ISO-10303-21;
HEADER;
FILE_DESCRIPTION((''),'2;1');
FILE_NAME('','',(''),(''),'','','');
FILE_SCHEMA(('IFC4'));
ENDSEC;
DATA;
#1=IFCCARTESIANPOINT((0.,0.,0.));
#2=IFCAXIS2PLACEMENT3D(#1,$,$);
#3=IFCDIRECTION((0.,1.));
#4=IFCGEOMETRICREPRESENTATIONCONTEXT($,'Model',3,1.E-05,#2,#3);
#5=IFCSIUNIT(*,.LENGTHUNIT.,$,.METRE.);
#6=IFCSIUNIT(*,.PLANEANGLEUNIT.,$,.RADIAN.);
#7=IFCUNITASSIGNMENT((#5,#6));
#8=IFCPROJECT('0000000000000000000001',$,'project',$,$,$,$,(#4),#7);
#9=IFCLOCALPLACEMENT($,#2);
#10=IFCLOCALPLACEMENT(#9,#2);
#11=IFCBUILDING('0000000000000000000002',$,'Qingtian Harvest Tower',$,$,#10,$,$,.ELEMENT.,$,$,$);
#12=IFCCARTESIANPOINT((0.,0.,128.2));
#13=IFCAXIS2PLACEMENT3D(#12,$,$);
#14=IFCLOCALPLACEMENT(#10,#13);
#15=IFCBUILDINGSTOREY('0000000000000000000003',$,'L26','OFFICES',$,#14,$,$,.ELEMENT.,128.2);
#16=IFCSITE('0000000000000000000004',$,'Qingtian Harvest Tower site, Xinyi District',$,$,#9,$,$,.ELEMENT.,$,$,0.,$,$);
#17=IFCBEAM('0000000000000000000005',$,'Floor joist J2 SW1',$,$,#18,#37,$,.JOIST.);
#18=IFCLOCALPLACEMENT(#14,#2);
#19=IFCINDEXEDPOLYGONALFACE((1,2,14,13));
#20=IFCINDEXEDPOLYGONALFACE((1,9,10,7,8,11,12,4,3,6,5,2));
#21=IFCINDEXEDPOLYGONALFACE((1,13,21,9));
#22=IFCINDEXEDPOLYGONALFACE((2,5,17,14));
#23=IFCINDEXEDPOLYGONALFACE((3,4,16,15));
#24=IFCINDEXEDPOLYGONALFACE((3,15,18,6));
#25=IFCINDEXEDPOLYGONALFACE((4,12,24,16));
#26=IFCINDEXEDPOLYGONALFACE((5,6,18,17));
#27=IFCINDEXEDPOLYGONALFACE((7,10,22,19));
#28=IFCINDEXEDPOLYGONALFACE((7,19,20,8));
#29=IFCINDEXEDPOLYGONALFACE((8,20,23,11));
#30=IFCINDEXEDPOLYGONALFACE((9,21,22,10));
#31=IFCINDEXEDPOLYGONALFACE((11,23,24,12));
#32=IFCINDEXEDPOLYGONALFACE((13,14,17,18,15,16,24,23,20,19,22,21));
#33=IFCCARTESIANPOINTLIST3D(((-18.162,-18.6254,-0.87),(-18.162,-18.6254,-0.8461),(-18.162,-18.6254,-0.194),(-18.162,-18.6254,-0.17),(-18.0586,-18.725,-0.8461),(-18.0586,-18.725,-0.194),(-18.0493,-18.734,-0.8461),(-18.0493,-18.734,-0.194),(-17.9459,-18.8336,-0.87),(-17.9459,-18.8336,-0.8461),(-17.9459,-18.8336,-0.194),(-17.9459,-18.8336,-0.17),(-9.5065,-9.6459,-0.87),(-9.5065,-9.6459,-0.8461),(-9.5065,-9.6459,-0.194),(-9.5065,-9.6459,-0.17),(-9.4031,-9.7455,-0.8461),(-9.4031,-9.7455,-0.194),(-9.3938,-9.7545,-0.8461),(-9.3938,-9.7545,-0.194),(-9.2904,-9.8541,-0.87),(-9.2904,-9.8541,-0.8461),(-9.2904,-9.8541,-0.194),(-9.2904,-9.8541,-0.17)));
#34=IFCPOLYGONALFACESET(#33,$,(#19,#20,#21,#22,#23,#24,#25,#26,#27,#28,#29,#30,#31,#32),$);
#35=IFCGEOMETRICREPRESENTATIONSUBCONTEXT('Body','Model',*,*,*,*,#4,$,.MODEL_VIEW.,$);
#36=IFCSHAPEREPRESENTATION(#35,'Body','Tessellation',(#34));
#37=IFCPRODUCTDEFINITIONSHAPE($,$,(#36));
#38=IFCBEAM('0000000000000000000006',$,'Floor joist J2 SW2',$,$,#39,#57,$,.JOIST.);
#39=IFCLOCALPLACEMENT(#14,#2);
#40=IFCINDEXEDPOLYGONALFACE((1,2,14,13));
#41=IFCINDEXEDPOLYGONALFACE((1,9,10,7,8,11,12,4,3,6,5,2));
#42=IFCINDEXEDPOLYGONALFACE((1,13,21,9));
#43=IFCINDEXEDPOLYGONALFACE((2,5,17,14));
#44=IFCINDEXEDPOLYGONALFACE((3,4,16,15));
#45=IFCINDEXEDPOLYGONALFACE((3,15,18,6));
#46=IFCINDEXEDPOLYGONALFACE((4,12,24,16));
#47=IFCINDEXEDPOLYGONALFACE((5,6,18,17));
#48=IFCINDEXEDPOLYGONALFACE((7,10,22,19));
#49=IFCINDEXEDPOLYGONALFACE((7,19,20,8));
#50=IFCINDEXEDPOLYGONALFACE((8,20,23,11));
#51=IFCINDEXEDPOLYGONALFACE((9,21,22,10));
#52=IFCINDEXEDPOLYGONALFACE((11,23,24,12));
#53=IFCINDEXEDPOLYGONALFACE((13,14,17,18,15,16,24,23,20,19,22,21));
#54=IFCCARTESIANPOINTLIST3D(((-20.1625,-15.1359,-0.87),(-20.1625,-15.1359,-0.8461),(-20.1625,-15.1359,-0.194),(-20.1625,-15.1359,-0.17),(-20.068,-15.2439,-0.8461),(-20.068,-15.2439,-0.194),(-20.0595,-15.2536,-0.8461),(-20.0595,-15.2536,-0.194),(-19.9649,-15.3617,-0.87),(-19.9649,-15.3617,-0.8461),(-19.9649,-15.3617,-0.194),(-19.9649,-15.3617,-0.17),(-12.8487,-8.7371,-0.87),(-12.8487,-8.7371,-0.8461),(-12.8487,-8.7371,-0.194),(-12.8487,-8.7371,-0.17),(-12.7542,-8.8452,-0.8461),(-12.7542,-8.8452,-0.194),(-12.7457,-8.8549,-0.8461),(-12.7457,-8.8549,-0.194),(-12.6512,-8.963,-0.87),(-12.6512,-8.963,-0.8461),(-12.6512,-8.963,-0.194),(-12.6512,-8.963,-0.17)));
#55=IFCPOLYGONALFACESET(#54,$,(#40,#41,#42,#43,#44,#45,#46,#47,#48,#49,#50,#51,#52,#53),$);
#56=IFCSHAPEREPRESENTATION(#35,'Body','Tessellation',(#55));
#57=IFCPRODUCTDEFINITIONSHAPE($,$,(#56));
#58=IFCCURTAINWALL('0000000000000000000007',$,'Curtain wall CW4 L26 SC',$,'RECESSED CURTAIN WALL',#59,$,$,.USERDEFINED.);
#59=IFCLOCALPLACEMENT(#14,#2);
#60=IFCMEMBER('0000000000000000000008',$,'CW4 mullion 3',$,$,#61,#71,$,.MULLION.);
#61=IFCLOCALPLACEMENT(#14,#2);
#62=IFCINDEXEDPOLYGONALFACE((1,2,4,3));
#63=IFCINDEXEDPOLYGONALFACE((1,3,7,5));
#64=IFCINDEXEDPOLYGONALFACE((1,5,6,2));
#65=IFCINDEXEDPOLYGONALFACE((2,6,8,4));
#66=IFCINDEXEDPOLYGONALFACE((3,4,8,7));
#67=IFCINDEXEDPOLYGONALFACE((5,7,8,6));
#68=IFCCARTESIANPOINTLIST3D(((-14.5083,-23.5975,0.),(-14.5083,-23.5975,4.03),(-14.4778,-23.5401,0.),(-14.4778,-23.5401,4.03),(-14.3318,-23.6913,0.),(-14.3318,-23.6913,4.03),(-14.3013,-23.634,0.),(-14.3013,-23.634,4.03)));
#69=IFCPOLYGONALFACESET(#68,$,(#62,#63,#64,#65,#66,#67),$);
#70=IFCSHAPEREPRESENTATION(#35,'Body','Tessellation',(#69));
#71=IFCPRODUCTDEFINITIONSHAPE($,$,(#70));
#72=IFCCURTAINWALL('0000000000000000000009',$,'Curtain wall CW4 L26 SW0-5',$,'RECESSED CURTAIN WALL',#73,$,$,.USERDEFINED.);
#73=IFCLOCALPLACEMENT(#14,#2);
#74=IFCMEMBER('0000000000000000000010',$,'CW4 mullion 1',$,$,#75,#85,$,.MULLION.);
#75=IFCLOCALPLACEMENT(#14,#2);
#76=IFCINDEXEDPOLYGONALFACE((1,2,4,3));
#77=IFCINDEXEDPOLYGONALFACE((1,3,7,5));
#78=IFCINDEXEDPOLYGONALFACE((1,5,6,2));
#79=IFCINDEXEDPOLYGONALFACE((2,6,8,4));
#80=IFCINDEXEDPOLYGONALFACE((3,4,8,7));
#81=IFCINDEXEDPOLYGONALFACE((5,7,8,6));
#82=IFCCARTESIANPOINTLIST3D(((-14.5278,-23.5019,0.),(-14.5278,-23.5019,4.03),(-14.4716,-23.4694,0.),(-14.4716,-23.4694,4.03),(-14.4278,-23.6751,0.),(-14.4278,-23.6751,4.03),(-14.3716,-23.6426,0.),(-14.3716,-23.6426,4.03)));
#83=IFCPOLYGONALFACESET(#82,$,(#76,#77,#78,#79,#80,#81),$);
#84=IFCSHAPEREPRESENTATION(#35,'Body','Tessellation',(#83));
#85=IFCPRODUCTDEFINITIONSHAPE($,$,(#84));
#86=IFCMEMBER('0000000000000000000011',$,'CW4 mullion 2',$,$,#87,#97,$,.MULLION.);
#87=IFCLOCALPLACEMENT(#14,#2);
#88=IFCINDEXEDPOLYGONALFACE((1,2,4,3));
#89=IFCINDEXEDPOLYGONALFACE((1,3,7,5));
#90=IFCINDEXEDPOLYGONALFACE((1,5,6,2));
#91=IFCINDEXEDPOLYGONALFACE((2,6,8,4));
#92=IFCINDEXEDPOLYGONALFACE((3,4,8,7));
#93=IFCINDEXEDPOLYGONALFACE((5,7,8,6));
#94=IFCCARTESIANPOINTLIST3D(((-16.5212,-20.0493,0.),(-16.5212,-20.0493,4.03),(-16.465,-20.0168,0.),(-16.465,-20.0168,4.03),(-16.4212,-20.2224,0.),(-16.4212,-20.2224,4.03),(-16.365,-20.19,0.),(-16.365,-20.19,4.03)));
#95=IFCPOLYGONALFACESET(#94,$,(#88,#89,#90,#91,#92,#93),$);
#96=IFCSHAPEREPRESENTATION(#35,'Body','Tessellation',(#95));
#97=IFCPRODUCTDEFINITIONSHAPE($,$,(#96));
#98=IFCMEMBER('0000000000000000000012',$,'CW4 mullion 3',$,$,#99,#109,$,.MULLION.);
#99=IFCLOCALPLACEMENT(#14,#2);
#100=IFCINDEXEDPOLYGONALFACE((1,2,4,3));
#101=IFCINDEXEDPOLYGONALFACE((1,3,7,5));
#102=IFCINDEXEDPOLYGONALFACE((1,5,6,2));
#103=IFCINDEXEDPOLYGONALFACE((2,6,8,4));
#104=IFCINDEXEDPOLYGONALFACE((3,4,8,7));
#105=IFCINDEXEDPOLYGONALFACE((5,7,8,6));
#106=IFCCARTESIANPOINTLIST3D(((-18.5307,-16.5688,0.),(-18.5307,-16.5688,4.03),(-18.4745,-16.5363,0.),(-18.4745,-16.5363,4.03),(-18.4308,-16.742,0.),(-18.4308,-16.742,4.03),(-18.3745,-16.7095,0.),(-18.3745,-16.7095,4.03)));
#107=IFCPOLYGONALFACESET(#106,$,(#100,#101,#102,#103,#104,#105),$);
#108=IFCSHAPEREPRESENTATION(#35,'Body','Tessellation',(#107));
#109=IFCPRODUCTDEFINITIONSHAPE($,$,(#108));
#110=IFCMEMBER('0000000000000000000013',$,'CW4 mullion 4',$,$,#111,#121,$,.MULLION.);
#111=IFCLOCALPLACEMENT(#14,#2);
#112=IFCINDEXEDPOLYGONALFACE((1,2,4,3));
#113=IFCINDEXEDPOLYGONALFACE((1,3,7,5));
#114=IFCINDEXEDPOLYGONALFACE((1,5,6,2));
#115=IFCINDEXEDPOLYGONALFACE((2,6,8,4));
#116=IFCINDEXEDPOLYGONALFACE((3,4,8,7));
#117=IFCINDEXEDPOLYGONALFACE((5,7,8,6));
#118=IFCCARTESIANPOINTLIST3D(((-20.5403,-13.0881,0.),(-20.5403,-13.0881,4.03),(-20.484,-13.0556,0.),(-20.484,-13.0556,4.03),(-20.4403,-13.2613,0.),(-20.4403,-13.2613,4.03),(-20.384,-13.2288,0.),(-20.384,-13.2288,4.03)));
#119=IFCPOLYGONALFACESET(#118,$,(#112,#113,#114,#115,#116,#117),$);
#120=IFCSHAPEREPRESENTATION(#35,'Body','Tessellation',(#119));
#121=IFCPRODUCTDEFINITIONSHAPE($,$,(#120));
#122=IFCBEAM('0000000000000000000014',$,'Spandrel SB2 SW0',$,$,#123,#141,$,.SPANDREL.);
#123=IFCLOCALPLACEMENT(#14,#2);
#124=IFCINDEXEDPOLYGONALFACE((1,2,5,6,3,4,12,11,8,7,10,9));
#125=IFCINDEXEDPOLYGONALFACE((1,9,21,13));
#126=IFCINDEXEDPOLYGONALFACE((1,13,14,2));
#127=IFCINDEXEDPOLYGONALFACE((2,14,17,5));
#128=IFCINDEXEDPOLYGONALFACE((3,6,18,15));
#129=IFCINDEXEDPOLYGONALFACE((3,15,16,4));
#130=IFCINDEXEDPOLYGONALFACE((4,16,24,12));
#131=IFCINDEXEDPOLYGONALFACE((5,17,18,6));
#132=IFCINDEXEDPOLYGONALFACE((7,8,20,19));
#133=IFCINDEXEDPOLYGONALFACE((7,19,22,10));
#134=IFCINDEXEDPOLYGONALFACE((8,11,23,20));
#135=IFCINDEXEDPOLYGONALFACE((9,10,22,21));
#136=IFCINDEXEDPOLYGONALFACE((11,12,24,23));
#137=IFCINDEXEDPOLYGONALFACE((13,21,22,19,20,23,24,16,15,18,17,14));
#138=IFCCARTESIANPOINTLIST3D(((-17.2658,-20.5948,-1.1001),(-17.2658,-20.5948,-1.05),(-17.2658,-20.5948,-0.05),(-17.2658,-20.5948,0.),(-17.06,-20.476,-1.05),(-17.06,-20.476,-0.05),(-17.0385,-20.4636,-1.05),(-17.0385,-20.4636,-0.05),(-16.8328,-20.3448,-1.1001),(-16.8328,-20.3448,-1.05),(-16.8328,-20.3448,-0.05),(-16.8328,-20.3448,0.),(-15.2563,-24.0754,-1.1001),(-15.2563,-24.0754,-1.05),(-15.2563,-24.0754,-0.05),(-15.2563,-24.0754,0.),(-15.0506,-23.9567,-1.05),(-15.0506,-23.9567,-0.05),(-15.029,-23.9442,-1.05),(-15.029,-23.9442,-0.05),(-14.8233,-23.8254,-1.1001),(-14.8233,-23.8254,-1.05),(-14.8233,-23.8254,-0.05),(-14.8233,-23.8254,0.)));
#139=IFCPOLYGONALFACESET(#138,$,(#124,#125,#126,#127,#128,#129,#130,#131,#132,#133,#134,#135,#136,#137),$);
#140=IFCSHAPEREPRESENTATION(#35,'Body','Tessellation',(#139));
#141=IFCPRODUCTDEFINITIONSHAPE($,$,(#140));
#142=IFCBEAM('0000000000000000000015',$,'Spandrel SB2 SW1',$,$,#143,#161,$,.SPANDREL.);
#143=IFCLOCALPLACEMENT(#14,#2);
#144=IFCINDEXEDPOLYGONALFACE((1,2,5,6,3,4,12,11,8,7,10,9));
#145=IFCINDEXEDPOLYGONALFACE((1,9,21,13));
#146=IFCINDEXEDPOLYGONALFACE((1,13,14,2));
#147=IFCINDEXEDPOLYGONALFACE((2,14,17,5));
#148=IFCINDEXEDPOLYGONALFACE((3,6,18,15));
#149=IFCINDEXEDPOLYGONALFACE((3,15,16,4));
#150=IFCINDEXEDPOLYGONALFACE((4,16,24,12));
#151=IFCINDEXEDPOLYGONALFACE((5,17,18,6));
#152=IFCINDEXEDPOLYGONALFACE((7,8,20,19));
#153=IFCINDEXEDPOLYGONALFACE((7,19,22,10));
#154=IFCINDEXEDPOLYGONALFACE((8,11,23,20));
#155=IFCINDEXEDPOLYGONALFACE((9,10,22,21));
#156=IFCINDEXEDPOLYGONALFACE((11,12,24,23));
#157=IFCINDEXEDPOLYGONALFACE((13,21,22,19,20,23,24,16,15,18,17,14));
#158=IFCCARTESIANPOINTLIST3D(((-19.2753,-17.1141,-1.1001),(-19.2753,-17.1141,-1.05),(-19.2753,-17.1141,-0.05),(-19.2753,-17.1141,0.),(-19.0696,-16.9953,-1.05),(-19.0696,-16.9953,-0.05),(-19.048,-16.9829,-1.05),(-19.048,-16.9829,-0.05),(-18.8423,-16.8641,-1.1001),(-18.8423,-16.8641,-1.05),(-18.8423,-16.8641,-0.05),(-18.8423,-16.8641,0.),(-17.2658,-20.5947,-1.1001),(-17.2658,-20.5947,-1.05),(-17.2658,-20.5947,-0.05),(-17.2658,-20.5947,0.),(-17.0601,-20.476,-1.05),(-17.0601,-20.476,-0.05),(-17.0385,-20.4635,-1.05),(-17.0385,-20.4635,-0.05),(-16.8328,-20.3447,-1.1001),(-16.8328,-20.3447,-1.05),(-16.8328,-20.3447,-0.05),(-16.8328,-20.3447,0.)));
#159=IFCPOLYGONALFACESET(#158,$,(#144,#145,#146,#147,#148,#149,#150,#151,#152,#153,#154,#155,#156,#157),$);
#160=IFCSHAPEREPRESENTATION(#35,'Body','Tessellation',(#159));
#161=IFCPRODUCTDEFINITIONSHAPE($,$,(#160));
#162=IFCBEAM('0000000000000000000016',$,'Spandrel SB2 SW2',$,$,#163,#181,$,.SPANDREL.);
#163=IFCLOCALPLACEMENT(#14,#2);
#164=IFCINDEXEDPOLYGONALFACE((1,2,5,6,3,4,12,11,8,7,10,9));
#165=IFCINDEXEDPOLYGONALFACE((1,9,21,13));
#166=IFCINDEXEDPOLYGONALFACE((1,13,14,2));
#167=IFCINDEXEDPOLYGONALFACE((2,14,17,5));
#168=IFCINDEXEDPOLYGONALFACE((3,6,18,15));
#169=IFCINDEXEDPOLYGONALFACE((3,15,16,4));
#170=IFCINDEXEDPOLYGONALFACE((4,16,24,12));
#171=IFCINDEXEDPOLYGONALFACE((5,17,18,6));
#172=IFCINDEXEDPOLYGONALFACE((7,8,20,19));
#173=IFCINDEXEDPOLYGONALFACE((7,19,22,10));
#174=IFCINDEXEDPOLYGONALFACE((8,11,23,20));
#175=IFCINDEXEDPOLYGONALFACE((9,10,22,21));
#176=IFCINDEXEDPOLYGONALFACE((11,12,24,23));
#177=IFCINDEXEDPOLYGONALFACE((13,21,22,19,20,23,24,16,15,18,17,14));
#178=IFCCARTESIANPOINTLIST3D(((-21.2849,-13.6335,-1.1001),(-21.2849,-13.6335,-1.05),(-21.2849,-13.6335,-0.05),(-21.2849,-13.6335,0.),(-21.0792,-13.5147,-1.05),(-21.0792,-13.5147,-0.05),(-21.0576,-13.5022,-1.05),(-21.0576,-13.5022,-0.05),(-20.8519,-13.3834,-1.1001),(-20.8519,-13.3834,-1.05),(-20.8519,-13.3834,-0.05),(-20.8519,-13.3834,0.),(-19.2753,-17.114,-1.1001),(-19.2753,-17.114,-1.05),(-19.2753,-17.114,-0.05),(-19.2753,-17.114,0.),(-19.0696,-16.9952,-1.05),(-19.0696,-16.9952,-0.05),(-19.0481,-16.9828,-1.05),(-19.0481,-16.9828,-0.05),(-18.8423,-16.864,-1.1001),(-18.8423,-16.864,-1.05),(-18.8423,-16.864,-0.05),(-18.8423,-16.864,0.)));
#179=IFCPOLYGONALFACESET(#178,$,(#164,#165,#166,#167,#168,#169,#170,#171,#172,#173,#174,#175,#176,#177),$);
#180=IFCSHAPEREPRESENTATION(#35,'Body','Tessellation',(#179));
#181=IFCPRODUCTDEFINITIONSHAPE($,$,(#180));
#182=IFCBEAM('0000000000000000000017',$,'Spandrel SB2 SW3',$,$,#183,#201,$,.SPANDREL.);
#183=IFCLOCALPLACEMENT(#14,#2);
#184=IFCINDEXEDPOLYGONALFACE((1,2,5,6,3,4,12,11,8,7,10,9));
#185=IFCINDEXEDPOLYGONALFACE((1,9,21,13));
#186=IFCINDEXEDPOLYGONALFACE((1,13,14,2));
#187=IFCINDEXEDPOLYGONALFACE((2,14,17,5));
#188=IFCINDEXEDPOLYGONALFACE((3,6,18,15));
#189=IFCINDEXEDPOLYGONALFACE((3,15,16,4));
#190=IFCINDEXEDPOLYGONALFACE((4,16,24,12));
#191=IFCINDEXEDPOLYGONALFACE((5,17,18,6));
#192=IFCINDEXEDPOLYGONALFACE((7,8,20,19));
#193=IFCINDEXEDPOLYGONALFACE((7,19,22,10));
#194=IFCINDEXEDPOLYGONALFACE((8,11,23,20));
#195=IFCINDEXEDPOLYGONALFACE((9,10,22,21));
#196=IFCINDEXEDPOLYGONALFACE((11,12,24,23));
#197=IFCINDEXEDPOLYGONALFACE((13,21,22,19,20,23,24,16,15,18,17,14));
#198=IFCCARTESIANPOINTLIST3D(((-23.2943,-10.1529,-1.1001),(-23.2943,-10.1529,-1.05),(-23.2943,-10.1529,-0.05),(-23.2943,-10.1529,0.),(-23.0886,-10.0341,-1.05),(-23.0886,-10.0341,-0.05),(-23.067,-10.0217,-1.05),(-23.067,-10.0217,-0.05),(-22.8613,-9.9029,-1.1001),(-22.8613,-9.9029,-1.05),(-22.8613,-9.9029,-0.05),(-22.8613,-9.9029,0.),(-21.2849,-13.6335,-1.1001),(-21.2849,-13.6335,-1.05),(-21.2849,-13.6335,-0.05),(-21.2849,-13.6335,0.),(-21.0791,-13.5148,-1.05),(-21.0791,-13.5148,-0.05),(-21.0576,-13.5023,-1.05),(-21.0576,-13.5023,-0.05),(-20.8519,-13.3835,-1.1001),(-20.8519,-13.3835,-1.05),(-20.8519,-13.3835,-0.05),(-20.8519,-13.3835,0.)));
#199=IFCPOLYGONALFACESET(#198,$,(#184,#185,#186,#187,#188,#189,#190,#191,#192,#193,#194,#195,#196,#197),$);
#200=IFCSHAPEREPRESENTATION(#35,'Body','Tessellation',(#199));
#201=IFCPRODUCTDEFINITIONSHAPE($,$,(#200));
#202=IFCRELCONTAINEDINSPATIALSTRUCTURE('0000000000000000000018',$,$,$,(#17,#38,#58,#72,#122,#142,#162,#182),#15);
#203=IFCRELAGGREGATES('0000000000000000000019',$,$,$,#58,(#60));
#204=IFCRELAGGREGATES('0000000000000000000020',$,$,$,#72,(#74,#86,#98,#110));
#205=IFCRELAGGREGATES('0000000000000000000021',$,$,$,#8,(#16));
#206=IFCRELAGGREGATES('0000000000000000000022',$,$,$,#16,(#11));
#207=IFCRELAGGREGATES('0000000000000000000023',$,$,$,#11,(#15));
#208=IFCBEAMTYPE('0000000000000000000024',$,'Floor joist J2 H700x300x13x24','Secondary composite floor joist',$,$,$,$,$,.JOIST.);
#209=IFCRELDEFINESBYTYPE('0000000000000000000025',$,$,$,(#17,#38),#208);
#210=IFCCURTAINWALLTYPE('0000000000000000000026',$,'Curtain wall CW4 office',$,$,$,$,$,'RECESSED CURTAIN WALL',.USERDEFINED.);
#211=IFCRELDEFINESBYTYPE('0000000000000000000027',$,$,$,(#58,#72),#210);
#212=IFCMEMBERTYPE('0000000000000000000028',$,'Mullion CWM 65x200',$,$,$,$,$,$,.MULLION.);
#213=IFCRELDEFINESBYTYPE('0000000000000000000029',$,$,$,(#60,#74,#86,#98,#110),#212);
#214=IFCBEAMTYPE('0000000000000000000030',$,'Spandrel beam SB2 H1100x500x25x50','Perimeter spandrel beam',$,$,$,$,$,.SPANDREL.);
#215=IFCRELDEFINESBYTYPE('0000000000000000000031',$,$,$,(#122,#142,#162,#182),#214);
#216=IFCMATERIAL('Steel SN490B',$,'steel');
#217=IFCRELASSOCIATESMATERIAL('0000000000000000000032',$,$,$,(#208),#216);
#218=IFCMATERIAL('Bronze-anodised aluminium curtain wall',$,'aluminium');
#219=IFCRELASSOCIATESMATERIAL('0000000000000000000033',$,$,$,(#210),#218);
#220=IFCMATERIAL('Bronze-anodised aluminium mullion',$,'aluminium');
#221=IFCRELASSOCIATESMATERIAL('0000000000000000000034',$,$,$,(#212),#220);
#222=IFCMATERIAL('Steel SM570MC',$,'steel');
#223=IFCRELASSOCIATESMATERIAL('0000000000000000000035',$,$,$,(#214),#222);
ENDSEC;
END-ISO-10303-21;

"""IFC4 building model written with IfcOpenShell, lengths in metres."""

from ifc_helpers import new_model, si_unit, direction, frame, origin, origin_2d, place, context, subcontext, project, spatial, rectangle, i_section, extrude, material, material_profile, profile_set, type_object, element, aggregate, save


model = new_model("IFC4")

# Units and contexts
model_context = context("Model", 3, precision=1e-05, world=origin(), true_north=direction((0.0, 1.0)))
body_context = subcontext(model_context, "Body", "Model", "MODEL_VIEW")
ifc_project = project(units=[si_unit("LENGTHUNIT", "METRE"), si_unit("PLANEANGLEUNIT", "RADIAN")], contexts=[model_context])

# Site, building, storey
site_placement = place(None, origin())
site = spatial("IfcSite", under=ifc_project, at=site_placement, Name="Qingtian Harvest Tower site, Xinyi District", CompositionType="ELEMENT", RefElevation=0.0)
building_placement = place(site_placement, origin())
building = spatial("IfcBuilding", under=site, at=building_placement, Name="Qingtian Harvest Tower", CompositionType="ELEMENT")
storey_placement = place(building_placement, frame((0.0, 0.0, 128.2)))
storey = spatial("IfcBuildingStorey", under=building, at=storey_placement, Name="L26", Description="OFFICES", CompositionType="ELEMENT", Elevation=128.2)

# Beams
ifc_material_1 = material(Name="Steel SN490B", Category="steel")
ifc_material_profile_1 = material_profile(ifc_material_1, i_section(OverallWidth=0.3, OverallDepth=0.7, WebThickness=0.0129, FlangeThickness=0.0239, at=origin_2d()), Name="H700x300x13x24")
ifc_profile_set_1 = profile_set([ifc_material_profile_1], Name="Steel SN490B")
beam_type_1 = type_object("IfcBeamType", Name="Floor joist J2 H700x300x13x24", Description="Secondary composite floor joist", PredefinedType="JOIST", material=ifc_profile_set_1)
beam_1_placement = place(storey_placement, frame((-18.054, -18.7295, -0.52), z_axis=(0.693999, 0.719976, 0.0), x_axis=(-0.719976, 0.693999, 0.0)))
element("IfcBeam", 1, at=beam_1_placement, inside=storey, type_object=beam_type_1, Name="Floor joist J2 SW1", PredefinedType="JOIST", context=body_context, shape_type="SweptSolid", body=[
    extrude(i_section(OverallWidth=0.3, OverallDepth=0.7, WebThickness=0.0129, FlangeThickness=0.0239, at=origin_2d()), origin(), (0.0, 0.0, 1.0), 12.4719),
])
beam_2_placement = place(storey_placement, frame((-20.0637, -15.2488, -0.52), z_axis=(0.752619, 0.658457, 0.0), x_axis=(-0.658457, 0.752619, 0.0)))
element("IfcBeam", 2, at=beam_2_placement, inside=storey, type_object=beam_type_1, Name="Floor joist J2 SW2", PredefinedType="JOIST", context=body_context, shape_type="SweptSolid", body=[
    extrude(i_section(OverallWidth=0.3, OverallDepth=0.7, WebThickness=0.0129, FlangeThickness=0.0239, at=origin_2d()), origin(), (0.0, 0.0, 1.0), 9.7178),
])

# Curtain wall, member
ifc_material_2 = material(Name="Bronze-anodised aluminium curtain wall", Category="aluminium")
curtain_wall_type = type_object("IfcCurtainWallType", Name="Curtain wall CW4 office", ElementType="RECESSED CURTAIN WALL", PredefinedType="USERDEFINED", material=ifc_material_2)
curtain_wall_1_placement = place(storey_placement, origin())
curtain_wall_1 = element("IfcCurtainWall", 3, at=curtain_wall_1_placement, inside=storey, type_object=curtain_wall_type, Name="Curtain wall CW4 L26 SC", ObjectType="RECESSED CURTAIN WALL", PredefinedType="USERDEFINED")
ifc_material_3 = material(Name="Bronze-anodised aluminium mullion", Category="aluminium")
ifc_material_profile_2 = material_profile(ifc_material_3, rectangle(XDim=0.0649, YDim=0.2, at=origin_2d()), Name="AL 65x200")
ifc_profile_set_2 = profile_set([ifc_material_profile_2], Name="Bronze-anodised aluminium mullion")
member_type_1 = type_object("IfcMemberType", Name="Mullion CWM 65x200", PredefinedType="MULLION", material=ifc_profile_set_2)
member_1_placement = place(storey_placement, frame((-14.4048, -23.6157, 0.0), z_axis=(0.0, 0.0, 1.0), x_axis=(-0.469472, -0.882948, 0.0)))
member_1 = element("IfcMember", 4, at=member_1_placement, type_object=member_type_1, Name="CW4 mullion 3", PredefinedType="MULLION", context=body_context, shape_type="SweptSolid", body=[
    extrude(rectangle(XDim=0.0649, YDim=0.2, at=origin_2d()), origin(), (0.0, 0.0, 1.0), 4.03),
])

# Curtain wall, members
curtain_wall_2_placement = place(storey_placement, origin())
curtain_wall_2 = element("IfcCurtainWall", 5, at=curtain_wall_2_placement, inside=storey, type_object=curtain_wall_type, Name="Curtain wall CW4 L26 SW0-5", ObjectType="RECESSED CURTAIN WALL", PredefinedType="USERDEFINED")
member_2_placement = place(storey_placement, frame((-14.4497, -23.5723, 0.0), z_axis=(0.0, 0.0, 1.0), x_axis=(-0.866025, -0.5, 0.0)))
member_2 = element("IfcMember", 6, at=member_2_placement, type_object=member_type_1, Name="CW4 mullion 1", PredefinedType="MULLION", context=body_context, shape_type="SweptSolid", body=[
    extrude(rectangle(XDim=0.0649, YDim=0.2, at=origin_2d()), origin(), (0.0, 0.0, 1.0), 4.03),
])
member_3_placement = place(storey_placement, frame((-16.4431, -20.1196, 0.0), z_axis=(0.0, 0.0, 1.0), x_axis=(-0.866025, -0.5, 0.0)))
member_3 = element("IfcMember", 7, at=member_3_placement, type_object=member_type_1, Name="CW4 mullion 2", PredefinedType="MULLION", context=body_context, shape_type="SweptSolid", body=[
    extrude(rectangle(XDim=0.0649, YDim=0.2, at=origin_2d()), origin(), (0.0, 0.0, 1.0), 4.03),
])
member_4_placement = place(storey_placement, frame((-18.4526, -16.6392, 0.0), z_axis=(0.0, 0.0, 1.0), x_axis=(-0.866025, -0.5, 0.0)))
member_4 = element("IfcMember", 8, at=member_4_placement, type_object=member_type_1, Name="CW4 mullion 3", PredefinedType="MULLION", context=body_context, shape_type="SweptSolid", body=[
    extrude(rectangle(XDim=0.0649, YDim=0.2, at=origin_2d()), origin(), (0.0, 0.0, 1.0), 4.03),
])
member_5_placement = place(storey_placement, frame((-20.4622, -13.1584, 0.0), z_axis=(0.0, 0.0, 1.0), x_axis=(-0.866025, -0.5, 0.0)))
member_5 = element("IfcMember", 9, at=member_5_placement, type_object=member_type_1, Name="CW4 mullion 4", PredefinedType="MULLION", context=body_context, shape_type="SweptSolid", body=[
    extrude(rectangle(XDim=0.0649, YDim=0.2, at=origin_2d()), origin(), (0.0, 0.0, 1.0), 4.03),
])

# Beams
ifc_material_4 = material(Name="Steel SM570MC", Category="steel")
ifc_material_profile_3 = material_profile(ifc_material_4, i_section(OverallWidth=0.5, OverallDepth=1.1001, WebThickness=0.0249, FlangeThickness=0.05, at=origin_2d()), Name="H1100x500x25x50")
ifc_profile_set_3 = profile_set([ifc_material_profile_3], Name="Steel SM570MC")
beam_type_2 = type_object("IfcBeamType", Name="Spandrel beam SB2 H1100x500x25x50", Description="Perimeter spandrel beam", PredefinedType="SPANDREL", material=ifc_profile_set_3)
for number, where, z_axis, x_axis, name in (
    (10, (-15.0398, -23.9504, -0.55), (-0.499987, 0.866033, 0.0), (-0.866033, -0.499987, 0.0), "Spandrel SB2 SW0"),
    (11, (-17.0493, -20.4697, -0.55), (-0.499987, 0.866033, 0.0), (-0.866033, -0.499987, 0.0), "Spandrel SB2 SW1"),
    (12, (-19.0588, -16.989, -0.55), (-0.500013, 0.866018, 0.0), (-0.866018, -0.500013, 0.0), "Spandrel SB2 SW2"),
    (13, (-21.0684, -13.5085, -0.55), (-0.499987, 0.866033, 0.0), (-0.866033, -0.499987, 0.0), "Spandrel SB2 SW3"),
):
    element("IfcBeam", number, at=place(storey_placement, frame(where, z_axis=z_axis, x_axis=x_axis)), inside=storey, type_object=beam_type_2, Name=name, PredefinedType="SPANDREL", context=body_context, shape_type="SweptSolid", body=[
        extrude(i_section(OverallWidth=0.5, OverallDepth=1.1001, WebThickness=0.0249, FlangeThickness=0.05, at=origin_2d()), origin(), (0.0, 0.0, 1.0), 4.019),
    ])

aggregate(curtain_wall_1, [member_1])
aggregate(curtain_wall_2, [member_2, member_3, member_4, member_5])

save(model, "model.ifc")
